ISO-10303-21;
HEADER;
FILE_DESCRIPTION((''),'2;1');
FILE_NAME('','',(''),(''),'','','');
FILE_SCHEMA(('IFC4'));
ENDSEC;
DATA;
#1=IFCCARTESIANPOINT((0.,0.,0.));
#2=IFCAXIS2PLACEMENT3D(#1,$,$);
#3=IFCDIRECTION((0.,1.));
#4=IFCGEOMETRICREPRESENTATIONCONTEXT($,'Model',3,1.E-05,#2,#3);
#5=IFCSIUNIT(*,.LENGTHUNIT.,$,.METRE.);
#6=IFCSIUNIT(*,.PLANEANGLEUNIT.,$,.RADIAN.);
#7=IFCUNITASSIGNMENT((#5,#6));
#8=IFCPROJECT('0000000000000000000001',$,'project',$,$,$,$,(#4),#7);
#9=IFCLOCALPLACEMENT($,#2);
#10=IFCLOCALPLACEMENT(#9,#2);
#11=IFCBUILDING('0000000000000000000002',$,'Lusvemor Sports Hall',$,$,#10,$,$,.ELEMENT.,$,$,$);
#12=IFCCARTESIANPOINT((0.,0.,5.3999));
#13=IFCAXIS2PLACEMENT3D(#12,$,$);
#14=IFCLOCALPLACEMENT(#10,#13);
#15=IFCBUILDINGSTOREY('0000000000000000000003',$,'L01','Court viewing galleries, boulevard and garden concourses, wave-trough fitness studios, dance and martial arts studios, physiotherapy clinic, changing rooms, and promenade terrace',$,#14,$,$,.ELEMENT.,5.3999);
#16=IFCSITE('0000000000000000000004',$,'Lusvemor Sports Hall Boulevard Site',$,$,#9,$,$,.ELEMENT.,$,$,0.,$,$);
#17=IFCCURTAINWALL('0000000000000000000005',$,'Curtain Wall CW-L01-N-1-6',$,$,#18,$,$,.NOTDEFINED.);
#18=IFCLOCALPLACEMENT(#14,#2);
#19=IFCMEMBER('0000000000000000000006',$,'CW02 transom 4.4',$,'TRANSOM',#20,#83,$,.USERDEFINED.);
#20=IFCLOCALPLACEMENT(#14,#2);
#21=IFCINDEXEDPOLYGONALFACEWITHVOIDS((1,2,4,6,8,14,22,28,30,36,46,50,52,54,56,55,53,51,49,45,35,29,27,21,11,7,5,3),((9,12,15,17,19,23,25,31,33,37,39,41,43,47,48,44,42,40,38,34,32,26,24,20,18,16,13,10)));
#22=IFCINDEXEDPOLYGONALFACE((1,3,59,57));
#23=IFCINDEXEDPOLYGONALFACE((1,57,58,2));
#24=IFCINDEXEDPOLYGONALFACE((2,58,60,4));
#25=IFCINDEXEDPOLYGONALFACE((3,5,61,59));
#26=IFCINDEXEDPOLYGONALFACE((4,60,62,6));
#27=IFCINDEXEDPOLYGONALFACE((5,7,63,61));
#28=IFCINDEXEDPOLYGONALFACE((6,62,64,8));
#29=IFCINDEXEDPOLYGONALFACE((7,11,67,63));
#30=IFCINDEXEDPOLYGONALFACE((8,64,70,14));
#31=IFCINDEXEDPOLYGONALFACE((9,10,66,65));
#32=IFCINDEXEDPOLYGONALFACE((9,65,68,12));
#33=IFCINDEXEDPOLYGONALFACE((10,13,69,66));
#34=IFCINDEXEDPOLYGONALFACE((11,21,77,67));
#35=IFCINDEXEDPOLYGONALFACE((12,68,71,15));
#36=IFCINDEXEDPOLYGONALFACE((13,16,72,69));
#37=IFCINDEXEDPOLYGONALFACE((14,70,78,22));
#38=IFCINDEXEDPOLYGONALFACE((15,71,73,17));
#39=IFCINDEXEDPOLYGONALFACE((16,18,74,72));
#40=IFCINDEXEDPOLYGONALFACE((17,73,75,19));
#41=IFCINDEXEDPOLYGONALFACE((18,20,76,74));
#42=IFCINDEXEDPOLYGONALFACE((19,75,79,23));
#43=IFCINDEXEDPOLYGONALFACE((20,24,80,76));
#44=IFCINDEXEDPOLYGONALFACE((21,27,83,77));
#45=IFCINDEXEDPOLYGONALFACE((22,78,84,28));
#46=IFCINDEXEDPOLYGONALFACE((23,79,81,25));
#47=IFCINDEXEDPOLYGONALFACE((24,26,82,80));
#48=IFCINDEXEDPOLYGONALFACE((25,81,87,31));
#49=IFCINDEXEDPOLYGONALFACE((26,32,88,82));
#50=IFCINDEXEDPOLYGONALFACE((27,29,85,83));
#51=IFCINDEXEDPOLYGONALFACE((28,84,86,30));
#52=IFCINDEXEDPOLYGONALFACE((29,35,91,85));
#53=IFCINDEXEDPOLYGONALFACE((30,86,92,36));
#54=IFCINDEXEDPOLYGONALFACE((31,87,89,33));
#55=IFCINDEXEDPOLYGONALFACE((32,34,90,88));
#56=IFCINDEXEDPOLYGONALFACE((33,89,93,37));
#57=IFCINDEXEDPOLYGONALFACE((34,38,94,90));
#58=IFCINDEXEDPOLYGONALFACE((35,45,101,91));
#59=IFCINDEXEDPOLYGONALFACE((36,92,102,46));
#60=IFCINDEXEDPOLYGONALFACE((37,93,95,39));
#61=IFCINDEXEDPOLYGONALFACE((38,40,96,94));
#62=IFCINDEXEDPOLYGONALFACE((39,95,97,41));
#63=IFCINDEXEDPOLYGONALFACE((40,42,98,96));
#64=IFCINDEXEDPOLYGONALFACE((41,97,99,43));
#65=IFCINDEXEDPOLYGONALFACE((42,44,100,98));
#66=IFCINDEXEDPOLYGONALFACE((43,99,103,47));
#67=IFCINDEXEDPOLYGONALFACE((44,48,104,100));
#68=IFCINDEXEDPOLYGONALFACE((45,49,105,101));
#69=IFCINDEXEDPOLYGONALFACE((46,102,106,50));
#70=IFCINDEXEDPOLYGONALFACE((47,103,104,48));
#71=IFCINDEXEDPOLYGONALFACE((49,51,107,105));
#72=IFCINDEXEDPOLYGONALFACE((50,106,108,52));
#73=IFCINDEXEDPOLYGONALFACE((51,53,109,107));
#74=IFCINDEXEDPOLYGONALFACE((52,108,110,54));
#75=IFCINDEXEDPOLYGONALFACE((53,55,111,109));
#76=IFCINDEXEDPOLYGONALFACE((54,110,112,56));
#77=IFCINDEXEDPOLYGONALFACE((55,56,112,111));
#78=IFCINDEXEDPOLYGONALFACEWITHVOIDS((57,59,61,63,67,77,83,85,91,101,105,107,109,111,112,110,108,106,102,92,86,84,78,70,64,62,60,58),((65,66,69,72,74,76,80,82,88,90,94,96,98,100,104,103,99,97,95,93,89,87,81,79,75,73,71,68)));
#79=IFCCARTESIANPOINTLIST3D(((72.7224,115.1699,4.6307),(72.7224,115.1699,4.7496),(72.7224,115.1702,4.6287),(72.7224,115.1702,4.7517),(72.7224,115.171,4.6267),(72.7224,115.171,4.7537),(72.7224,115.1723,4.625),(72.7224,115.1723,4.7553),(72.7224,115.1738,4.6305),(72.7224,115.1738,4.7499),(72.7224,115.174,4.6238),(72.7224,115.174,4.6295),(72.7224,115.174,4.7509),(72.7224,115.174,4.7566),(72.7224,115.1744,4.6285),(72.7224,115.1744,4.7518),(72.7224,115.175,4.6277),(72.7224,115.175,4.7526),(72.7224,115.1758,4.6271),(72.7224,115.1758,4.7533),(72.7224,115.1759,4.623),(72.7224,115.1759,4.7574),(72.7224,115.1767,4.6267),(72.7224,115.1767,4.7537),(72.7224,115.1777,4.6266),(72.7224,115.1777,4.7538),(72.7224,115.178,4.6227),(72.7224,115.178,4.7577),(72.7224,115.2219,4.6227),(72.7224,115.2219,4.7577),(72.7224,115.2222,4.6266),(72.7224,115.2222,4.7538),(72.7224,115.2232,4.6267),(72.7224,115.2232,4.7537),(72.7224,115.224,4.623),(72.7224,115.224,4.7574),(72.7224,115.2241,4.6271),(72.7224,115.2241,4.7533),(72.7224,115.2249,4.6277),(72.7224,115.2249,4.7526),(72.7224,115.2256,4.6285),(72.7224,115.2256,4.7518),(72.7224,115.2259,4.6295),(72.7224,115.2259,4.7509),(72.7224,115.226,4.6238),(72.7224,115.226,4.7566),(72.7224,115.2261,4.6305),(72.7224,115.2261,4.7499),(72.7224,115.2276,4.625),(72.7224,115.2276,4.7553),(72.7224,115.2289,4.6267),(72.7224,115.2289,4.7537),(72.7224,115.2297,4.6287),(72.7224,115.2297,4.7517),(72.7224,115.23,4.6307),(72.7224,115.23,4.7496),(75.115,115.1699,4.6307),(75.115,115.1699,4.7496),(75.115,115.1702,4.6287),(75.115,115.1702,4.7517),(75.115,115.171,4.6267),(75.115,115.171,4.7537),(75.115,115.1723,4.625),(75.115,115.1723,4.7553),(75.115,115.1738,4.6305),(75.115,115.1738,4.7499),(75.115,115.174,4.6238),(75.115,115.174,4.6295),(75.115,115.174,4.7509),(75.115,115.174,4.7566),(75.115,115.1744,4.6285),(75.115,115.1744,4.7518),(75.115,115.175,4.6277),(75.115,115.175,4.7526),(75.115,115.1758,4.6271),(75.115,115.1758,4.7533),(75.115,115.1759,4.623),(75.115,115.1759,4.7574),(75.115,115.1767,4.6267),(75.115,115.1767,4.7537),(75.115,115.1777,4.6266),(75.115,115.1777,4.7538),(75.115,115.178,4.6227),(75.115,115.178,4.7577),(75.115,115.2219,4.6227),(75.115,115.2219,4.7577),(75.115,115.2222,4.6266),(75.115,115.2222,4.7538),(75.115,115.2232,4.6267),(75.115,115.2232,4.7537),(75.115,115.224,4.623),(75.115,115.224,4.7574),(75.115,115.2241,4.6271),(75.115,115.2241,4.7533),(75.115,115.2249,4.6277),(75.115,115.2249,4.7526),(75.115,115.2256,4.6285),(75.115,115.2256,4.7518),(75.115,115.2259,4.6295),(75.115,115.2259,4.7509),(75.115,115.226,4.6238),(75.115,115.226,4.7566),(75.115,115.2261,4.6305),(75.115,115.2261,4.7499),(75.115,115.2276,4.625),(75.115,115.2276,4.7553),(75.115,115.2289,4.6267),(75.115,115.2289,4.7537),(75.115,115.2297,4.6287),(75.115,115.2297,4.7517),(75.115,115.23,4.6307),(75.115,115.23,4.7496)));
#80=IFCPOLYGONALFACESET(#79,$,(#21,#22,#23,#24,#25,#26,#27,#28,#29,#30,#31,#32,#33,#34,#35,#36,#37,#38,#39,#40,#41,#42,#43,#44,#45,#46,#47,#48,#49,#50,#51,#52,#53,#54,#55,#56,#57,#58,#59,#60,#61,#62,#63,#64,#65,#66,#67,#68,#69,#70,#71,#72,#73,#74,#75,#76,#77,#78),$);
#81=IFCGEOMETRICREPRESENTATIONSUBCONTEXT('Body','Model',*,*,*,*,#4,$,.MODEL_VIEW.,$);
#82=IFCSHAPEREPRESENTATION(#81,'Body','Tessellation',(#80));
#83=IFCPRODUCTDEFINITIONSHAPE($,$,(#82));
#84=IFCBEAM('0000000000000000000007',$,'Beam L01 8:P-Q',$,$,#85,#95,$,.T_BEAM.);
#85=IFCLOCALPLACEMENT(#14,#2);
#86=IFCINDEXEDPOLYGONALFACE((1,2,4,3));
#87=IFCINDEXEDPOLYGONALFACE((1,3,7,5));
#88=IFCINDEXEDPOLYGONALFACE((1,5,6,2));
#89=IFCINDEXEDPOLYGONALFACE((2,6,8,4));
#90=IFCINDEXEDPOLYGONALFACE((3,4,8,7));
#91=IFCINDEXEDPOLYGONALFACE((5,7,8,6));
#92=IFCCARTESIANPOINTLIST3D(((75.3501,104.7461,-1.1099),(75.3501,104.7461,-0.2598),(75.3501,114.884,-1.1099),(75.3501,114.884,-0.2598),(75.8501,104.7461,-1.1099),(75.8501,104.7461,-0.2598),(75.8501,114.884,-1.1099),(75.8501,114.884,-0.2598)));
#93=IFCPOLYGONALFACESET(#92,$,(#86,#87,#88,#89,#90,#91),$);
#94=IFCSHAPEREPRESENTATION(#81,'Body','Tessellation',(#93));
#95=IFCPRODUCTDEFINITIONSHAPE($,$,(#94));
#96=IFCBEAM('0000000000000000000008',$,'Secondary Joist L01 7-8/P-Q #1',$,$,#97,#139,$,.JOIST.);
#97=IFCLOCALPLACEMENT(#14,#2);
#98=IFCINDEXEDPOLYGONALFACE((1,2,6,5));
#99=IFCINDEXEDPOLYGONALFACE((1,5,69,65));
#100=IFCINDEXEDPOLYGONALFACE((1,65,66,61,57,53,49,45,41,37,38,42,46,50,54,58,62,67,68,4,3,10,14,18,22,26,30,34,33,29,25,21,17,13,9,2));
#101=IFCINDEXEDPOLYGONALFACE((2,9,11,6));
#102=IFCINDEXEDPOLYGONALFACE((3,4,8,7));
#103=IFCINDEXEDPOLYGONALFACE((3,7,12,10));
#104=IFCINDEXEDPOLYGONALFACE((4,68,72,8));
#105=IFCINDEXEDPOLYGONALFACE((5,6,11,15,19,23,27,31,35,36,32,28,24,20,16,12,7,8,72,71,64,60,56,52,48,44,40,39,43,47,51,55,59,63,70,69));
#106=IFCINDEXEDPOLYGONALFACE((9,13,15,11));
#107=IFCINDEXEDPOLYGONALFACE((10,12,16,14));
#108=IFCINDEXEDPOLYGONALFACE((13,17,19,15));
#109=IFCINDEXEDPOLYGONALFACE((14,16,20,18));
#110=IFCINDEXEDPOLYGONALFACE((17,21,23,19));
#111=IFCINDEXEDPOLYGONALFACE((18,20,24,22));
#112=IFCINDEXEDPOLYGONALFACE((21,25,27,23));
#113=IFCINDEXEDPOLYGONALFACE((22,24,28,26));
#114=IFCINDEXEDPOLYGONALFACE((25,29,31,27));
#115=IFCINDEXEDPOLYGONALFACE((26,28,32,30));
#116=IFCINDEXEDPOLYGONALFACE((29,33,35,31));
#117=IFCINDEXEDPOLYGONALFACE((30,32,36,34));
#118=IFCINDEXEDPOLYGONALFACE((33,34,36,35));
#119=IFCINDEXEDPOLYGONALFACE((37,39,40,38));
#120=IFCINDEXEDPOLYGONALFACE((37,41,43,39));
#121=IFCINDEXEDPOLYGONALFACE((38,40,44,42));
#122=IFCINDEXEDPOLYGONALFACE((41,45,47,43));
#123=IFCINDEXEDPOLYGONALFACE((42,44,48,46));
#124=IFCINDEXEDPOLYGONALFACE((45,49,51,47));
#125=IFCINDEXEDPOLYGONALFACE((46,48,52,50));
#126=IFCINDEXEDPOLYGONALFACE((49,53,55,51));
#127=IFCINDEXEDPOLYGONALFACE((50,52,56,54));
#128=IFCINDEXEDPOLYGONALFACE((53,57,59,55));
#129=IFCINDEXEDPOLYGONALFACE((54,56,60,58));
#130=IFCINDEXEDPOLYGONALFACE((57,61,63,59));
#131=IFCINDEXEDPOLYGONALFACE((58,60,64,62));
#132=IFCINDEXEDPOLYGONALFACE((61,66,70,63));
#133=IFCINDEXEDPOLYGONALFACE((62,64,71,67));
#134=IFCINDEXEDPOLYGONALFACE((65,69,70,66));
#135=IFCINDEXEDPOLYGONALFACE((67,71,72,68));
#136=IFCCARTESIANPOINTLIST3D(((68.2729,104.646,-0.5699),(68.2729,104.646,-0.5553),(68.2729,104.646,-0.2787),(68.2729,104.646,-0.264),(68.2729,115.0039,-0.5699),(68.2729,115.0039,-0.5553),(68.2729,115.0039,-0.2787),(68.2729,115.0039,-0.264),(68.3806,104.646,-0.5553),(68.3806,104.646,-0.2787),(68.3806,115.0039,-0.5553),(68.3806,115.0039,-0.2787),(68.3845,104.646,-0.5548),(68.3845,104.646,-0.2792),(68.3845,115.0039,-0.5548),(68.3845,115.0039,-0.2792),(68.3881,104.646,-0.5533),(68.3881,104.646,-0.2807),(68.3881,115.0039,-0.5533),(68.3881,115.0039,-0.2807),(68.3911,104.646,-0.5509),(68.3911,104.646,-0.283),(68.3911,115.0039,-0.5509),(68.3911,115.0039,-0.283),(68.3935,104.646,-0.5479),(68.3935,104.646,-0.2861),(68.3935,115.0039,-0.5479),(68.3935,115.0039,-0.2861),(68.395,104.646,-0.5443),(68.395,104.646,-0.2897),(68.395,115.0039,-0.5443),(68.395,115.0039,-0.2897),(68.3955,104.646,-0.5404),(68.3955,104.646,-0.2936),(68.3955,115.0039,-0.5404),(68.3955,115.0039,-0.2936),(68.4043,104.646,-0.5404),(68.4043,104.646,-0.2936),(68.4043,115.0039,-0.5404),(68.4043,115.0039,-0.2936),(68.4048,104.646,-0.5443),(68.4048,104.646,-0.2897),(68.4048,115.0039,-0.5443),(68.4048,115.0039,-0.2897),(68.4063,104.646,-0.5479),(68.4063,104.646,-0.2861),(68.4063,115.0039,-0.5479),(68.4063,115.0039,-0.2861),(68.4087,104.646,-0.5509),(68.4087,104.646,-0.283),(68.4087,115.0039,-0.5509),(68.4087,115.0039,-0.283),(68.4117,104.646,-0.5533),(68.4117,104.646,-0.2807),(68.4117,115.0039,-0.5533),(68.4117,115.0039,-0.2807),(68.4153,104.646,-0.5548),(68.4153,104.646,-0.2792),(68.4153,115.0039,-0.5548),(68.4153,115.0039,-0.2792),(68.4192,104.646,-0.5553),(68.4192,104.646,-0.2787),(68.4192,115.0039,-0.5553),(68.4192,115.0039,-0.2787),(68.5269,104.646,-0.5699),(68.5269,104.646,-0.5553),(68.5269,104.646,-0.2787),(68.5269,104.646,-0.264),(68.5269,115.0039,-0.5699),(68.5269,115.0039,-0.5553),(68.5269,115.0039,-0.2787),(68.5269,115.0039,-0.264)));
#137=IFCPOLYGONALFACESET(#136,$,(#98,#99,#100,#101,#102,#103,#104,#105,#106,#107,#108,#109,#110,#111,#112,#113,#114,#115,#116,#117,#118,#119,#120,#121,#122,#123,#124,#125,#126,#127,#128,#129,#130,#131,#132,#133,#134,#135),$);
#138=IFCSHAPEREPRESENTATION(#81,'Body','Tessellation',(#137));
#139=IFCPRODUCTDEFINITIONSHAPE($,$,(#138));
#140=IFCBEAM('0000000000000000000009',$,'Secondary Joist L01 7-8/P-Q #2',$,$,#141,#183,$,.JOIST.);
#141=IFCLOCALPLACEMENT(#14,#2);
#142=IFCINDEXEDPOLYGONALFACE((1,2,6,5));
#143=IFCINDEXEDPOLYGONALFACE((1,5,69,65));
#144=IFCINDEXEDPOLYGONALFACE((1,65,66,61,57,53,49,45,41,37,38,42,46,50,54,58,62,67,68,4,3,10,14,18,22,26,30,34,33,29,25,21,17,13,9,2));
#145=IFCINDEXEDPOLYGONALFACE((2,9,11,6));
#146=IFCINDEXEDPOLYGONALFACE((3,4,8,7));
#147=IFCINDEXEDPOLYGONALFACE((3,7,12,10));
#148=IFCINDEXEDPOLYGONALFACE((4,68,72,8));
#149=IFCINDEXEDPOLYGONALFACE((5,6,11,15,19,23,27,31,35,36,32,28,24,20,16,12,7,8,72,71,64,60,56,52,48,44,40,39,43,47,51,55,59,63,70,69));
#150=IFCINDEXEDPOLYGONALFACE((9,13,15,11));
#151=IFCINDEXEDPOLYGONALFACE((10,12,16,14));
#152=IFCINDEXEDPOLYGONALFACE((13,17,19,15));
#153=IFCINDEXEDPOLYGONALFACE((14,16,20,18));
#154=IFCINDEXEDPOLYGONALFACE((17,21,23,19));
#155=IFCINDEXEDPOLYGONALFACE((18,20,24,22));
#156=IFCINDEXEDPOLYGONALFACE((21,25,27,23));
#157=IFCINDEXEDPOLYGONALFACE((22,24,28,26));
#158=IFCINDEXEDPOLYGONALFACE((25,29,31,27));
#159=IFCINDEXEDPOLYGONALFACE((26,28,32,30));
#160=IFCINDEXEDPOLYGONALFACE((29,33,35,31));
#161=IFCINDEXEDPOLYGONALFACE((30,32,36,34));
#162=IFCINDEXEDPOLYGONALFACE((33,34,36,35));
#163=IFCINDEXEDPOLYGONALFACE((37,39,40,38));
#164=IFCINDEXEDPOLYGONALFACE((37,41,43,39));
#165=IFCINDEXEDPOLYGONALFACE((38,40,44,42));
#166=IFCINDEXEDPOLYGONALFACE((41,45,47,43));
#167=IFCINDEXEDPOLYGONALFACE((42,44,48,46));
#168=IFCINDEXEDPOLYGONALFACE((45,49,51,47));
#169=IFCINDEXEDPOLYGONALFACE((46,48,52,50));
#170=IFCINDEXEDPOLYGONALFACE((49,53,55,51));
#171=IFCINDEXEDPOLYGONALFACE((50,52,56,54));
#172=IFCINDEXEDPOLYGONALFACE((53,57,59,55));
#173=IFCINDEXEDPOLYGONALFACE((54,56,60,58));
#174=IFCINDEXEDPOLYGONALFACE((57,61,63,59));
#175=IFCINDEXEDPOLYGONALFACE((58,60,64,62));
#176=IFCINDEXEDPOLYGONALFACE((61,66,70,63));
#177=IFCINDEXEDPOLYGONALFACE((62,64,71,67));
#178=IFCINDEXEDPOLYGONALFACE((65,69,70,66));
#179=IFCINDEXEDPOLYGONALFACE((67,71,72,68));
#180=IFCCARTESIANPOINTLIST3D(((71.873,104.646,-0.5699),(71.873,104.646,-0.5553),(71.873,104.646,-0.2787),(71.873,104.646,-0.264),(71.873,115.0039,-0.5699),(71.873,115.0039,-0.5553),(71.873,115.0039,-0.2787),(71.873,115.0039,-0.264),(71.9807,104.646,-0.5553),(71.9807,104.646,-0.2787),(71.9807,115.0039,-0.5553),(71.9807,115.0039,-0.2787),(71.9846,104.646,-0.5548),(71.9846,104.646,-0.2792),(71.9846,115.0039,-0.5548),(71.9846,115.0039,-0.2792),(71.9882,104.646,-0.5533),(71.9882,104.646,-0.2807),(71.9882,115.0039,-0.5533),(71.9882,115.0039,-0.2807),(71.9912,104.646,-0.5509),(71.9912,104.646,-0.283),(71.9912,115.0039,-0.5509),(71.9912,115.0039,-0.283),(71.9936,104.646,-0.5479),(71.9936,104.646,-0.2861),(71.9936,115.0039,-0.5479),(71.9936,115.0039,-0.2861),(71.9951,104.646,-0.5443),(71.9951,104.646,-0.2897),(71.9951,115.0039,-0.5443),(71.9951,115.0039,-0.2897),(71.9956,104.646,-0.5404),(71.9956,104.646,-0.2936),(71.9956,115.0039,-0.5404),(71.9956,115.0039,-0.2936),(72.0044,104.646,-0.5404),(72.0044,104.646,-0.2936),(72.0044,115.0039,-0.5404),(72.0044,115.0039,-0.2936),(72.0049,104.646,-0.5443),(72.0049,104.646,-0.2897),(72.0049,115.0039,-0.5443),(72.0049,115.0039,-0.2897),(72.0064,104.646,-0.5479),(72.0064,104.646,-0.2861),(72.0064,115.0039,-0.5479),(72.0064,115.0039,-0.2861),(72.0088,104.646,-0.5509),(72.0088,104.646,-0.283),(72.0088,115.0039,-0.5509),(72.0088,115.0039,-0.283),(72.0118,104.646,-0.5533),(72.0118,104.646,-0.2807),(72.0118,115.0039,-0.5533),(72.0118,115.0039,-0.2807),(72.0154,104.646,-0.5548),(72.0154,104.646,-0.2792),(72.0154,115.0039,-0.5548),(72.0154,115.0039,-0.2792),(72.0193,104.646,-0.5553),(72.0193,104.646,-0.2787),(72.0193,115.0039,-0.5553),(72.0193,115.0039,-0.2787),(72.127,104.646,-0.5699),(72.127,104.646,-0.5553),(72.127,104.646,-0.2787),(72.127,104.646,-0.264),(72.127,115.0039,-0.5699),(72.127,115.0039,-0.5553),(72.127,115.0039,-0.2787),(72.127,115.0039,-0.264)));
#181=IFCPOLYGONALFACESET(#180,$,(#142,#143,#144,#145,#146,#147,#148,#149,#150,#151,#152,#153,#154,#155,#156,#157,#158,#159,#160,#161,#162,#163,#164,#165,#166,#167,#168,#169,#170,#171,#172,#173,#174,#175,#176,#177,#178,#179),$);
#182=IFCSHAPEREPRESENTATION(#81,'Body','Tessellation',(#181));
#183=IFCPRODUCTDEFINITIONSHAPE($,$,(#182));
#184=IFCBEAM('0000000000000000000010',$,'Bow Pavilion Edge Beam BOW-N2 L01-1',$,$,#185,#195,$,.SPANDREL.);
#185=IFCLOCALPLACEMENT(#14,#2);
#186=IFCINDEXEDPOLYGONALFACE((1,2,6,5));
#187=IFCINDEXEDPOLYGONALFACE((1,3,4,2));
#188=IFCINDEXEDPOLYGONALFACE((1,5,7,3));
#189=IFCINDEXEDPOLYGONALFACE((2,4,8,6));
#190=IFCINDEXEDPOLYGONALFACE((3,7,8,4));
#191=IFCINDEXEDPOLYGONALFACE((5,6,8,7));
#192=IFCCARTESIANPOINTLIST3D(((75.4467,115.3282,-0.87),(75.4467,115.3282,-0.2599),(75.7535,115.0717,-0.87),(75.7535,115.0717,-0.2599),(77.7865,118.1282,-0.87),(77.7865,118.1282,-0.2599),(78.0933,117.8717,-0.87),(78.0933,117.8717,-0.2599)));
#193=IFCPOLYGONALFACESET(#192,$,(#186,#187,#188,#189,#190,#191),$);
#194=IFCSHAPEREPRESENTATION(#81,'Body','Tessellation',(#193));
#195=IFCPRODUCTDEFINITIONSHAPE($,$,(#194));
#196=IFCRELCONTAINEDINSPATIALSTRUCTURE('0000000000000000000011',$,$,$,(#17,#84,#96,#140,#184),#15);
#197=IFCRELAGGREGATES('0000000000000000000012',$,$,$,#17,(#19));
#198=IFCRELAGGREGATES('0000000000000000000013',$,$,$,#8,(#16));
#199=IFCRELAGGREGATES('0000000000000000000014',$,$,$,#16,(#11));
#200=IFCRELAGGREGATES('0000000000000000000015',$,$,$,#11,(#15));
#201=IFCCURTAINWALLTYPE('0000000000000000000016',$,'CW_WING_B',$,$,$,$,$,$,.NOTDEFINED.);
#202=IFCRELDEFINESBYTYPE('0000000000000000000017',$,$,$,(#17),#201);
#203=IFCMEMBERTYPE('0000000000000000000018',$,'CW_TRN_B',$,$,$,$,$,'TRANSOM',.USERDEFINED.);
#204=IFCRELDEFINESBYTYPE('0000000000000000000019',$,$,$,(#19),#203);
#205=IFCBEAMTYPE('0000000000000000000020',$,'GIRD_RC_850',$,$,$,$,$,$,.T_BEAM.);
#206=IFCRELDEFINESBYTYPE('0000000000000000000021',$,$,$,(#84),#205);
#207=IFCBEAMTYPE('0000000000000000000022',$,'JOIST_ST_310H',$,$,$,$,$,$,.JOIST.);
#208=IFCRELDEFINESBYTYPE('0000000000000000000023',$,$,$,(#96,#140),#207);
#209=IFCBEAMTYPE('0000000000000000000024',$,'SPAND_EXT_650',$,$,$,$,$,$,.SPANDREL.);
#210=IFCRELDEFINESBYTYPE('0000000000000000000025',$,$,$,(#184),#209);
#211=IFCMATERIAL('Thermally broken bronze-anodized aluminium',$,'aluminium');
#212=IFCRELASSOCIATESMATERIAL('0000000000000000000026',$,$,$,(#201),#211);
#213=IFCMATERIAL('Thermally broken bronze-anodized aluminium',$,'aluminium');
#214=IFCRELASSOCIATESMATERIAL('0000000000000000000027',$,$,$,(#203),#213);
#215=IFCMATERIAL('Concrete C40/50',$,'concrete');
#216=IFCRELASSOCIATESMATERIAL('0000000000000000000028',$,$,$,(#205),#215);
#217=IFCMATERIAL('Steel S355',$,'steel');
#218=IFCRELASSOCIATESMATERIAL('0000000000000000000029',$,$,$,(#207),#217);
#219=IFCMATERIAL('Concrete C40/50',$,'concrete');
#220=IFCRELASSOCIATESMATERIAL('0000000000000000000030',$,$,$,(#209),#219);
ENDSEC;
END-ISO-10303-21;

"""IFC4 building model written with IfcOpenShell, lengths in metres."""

from ifc_helpers import new_model, si_unit, direction, frame, origin, origin_2d, place, context, subcontext, project, spatial, rectangle, hollow_rectangle, i_section, extrude, material, material_profile, profile_set, type_object, element, aggregate, save


model = new_model("IFC4")

# Units and contexts
model_context = context("Model", 3, precision=1e-05, world=origin(), true_north=direction((0.0, 1.0)))
body_context = subcontext(model_context, "Body", "Model", "MODEL_VIEW")
ifc_project = project(units=[si_unit("LENGTHUNIT", "METRE"), si_unit("PLANEANGLEUNIT", "RADIAN")], contexts=[model_context])

# Site, building, storey
site_placement = place(None, origin())
site = spatial("IfcSite", under=ifc_project, at=site_placement, Name="Lusvemor Sports Hall Boulevard Site", CompositionType="ELEMENT", RefElevation=0.0)
building_placement = place(site_placement, origin())
building = spatial("IfcBuilding", under=site, at=building_placement, Name="Lusvemor Sports Hall", CompositionType="ELEMENT")
storey_placement = place(building_placement, frame((0.0, 0.0, 5.3999)))
storey = spatial("IfcBuildingStorey", under=building, at=storey_placement, Name="L01", Description="Court viewing galleries, boulevard and garden concourses, wave-trough fitness studios, dance and martial arts studios, physiotherapy clinic, changing rooms, and promenade terrace", CompositionType="ELEMENT", Elevation=5.3999)

# Curtain wall, member
ifc_material_1 = material(Name="Thermally broken bronze-anodized aluminium", Category="aluminium")
curtain_wall_type = type_object("IfcCurtainWallType", Name="CW_WING_B", PredefinedType="NOTDEFINED", material=ifc_material_1)
curtain_wall_placement = place(storey_placement, origin())
curtain_wall = element("IfcCurtainWall", 1, at=curtain_wall_placement, inside=storey, type_object=curtain_wall_type, Name="Curtain Wall CW-L01-N-1-6", PredefinedType="NOTDEFINED")
ifc_material_2 = material(Name="Thermally broken bronze-anodized aluminium", Category="aluminium")
ifc_material_profile_1 = material_profile(ifc_material_2, hollow_rectangle(XDim=0.0601, YDim=0.135, WallThickness=0.0039, InnerFilletRadius=0.0039, OuterFilletRadius=0.0081, at=origin_2d()), Name="CWTRN135x60x4")
ifc_profile_set_1 = profile_set([ifc_material_profile_1], Name="Thermally broken bronze-anodized aluminium")
member_type_1 = type_object("IfcMemberType", Name="CW_TRN_B", ElementType="TRANSOM", PredefinedType="USERDEFINED", material=ifc_profile_set_1)
member_1_placement = place(storey_placement, frame((72.7224, 115.2, 4.6902), z_axis=(1.0, 0.0, 0.0), x_axis=(0.0, 1.0, 0.0)))
member_1 = element("IfcMember", 2, at=member_1_placement, type_object=member_type_1, Name="CW02 transom 4.4", ObjectType="TRANSOM", PredefinedType="USERDEFINED", context=body_context, shape_type="SweptSolid", body=[
    extrude(hollow_rectangle(XDim=0.0601, YDim=0.135, WallThickness=0.0039, InnerFilletRadius=0.0039, OuterFilletRadius=0.0081, at=origin_2d()), origin(), (0.0, 0.0, 1.0), 2.3926),
])

# Beams
ifc_material_3 = material(Name="Concrete C40/50", Category="concrete")
ifc_material_profile_2 = material_profile(ifc_material_3, rectangle(XDim=0.5, YDim=0.8501, at=origin_2d()), Name="RC500x850")
ifc_profile_set_2 = profile_set([ifc_material_profile_2], Name="Concrete C40/50")
beam_type_1 = type_object("IfcBeamType", Name="GIRD_RC_850", PredefinedType="T_BEAM", material=ifc_profile_set_2)
beam_1_placement = place(storey_placement, frame((75.6001, 104.7461, -0.6848), z_axis=(0.0, 1.0, 0.0), x_axis=(-1.0, 0.0, 0.0)))
element("IfcBeam", 3, at=beam_1_placement, inside=storey, type_object=beam_type_1, Name="Beam L01 8:P-Q", PredefinedType="T_BEAM", context=body_context, shape_type="SweptSolid", body=[
    extrude(rectangle(XDim=0.5, YDim=0.8501, at=origin_2d()), origin(), (0.0, 0.0, 1.0), 10.1379),
])
ifc_material_4 = material(Name="Steel S355", Category="steel")
ifc_material_profile_3 = material_profile(ifc_material_4, i_section(OverallWidth=0.2539, OverallDepth=0.3059, WebThickness=0.0088, FlangeThickness=0.0146, FilletRadius=0.0149, at=origin_2d()), Name="W310x79.0")
ifc_profile_set_3 = profile_set([ifc_material_profile_3], Name="Steel S355")
beam_type_2 = type_object("IfcBeamType", Name="JOIST_ST_310H", PredefinedType="JOIST", material=ifc_profile_set_3)
for number, where, z_axis, x_axis, name in (
    (4, (68.3999, 104.646, -0.417), (0.0, 1.0, 0.0), (-1.0, 0.0, 0.0), "Secondary Joist L01 7-8/P-Q #1"),
    (5, (72.0, 104.646, -0.417), (0.0, 1.0, 0.0), (-1.0, 0.0, 0.0), "Secondary Joist L01 7-8/P-Q #2"),
):
    element("IfcBeam", number, at=place(storey_placement, frame(where, z_axis=z_axis, x_axis=x_axis)), inside=storey, type_object=beam_type_2, Name=name, PredefinedType="JOIST", context=body_context, shape_type="SweptSolid", body=[
        extrude(i_section(OverallWidth=0.2539, OverallDepth=0.3059, WebThickness=0.0088, FlangeThickness=0.0146, FilletRadius=0.0149, at=origin_2d()), origin(), (0.0, 0.0, 1.0), 10.3579),
    ])
ifc_material_5 = material(Name="Concrete C40/50", Category="concrete")
ifc_material_profile_4 = material_profile(ifc_material_5, rectangle(XDim=0.3999, YDim=0.6101, at=origin_2d()), Name="RC400x610")
ifc_profile_set_4 = profile_set([ifc_material_profile_4], Name="Concrete C40/50")
beam_type_3 = type_object("IfcBeamType", Name="SPAND_EXT_650", PredefinedType="SPANDREL", material=ifc_profile_set_4)
beam_2_placement = place(storey_placement, frame((75.6001, 115.2, -0.5649), z_axis=(0.64123, 0.767349, 0.0), x_axis=(-0.767349, 0.64123, 0.0)))
element("IfcBeam", 6, at=beam_2_placement, inside=storey, type_object=beam_type_3, Name="Bow Pavilion Edge Beam BOW-N2 L01-1", PredefinedType="SPANDREL", context=body_context, shape_type="SweptSolid", body=[
    extrude(rectangle(XDim=0.3999, YDim=0.6101, at=origin_2d()), origin(), (0.0, 0.0, 1.0), 3.6489),
])

aggregate(curtain_wall, [member_1])

save(model, "model.ifc")
